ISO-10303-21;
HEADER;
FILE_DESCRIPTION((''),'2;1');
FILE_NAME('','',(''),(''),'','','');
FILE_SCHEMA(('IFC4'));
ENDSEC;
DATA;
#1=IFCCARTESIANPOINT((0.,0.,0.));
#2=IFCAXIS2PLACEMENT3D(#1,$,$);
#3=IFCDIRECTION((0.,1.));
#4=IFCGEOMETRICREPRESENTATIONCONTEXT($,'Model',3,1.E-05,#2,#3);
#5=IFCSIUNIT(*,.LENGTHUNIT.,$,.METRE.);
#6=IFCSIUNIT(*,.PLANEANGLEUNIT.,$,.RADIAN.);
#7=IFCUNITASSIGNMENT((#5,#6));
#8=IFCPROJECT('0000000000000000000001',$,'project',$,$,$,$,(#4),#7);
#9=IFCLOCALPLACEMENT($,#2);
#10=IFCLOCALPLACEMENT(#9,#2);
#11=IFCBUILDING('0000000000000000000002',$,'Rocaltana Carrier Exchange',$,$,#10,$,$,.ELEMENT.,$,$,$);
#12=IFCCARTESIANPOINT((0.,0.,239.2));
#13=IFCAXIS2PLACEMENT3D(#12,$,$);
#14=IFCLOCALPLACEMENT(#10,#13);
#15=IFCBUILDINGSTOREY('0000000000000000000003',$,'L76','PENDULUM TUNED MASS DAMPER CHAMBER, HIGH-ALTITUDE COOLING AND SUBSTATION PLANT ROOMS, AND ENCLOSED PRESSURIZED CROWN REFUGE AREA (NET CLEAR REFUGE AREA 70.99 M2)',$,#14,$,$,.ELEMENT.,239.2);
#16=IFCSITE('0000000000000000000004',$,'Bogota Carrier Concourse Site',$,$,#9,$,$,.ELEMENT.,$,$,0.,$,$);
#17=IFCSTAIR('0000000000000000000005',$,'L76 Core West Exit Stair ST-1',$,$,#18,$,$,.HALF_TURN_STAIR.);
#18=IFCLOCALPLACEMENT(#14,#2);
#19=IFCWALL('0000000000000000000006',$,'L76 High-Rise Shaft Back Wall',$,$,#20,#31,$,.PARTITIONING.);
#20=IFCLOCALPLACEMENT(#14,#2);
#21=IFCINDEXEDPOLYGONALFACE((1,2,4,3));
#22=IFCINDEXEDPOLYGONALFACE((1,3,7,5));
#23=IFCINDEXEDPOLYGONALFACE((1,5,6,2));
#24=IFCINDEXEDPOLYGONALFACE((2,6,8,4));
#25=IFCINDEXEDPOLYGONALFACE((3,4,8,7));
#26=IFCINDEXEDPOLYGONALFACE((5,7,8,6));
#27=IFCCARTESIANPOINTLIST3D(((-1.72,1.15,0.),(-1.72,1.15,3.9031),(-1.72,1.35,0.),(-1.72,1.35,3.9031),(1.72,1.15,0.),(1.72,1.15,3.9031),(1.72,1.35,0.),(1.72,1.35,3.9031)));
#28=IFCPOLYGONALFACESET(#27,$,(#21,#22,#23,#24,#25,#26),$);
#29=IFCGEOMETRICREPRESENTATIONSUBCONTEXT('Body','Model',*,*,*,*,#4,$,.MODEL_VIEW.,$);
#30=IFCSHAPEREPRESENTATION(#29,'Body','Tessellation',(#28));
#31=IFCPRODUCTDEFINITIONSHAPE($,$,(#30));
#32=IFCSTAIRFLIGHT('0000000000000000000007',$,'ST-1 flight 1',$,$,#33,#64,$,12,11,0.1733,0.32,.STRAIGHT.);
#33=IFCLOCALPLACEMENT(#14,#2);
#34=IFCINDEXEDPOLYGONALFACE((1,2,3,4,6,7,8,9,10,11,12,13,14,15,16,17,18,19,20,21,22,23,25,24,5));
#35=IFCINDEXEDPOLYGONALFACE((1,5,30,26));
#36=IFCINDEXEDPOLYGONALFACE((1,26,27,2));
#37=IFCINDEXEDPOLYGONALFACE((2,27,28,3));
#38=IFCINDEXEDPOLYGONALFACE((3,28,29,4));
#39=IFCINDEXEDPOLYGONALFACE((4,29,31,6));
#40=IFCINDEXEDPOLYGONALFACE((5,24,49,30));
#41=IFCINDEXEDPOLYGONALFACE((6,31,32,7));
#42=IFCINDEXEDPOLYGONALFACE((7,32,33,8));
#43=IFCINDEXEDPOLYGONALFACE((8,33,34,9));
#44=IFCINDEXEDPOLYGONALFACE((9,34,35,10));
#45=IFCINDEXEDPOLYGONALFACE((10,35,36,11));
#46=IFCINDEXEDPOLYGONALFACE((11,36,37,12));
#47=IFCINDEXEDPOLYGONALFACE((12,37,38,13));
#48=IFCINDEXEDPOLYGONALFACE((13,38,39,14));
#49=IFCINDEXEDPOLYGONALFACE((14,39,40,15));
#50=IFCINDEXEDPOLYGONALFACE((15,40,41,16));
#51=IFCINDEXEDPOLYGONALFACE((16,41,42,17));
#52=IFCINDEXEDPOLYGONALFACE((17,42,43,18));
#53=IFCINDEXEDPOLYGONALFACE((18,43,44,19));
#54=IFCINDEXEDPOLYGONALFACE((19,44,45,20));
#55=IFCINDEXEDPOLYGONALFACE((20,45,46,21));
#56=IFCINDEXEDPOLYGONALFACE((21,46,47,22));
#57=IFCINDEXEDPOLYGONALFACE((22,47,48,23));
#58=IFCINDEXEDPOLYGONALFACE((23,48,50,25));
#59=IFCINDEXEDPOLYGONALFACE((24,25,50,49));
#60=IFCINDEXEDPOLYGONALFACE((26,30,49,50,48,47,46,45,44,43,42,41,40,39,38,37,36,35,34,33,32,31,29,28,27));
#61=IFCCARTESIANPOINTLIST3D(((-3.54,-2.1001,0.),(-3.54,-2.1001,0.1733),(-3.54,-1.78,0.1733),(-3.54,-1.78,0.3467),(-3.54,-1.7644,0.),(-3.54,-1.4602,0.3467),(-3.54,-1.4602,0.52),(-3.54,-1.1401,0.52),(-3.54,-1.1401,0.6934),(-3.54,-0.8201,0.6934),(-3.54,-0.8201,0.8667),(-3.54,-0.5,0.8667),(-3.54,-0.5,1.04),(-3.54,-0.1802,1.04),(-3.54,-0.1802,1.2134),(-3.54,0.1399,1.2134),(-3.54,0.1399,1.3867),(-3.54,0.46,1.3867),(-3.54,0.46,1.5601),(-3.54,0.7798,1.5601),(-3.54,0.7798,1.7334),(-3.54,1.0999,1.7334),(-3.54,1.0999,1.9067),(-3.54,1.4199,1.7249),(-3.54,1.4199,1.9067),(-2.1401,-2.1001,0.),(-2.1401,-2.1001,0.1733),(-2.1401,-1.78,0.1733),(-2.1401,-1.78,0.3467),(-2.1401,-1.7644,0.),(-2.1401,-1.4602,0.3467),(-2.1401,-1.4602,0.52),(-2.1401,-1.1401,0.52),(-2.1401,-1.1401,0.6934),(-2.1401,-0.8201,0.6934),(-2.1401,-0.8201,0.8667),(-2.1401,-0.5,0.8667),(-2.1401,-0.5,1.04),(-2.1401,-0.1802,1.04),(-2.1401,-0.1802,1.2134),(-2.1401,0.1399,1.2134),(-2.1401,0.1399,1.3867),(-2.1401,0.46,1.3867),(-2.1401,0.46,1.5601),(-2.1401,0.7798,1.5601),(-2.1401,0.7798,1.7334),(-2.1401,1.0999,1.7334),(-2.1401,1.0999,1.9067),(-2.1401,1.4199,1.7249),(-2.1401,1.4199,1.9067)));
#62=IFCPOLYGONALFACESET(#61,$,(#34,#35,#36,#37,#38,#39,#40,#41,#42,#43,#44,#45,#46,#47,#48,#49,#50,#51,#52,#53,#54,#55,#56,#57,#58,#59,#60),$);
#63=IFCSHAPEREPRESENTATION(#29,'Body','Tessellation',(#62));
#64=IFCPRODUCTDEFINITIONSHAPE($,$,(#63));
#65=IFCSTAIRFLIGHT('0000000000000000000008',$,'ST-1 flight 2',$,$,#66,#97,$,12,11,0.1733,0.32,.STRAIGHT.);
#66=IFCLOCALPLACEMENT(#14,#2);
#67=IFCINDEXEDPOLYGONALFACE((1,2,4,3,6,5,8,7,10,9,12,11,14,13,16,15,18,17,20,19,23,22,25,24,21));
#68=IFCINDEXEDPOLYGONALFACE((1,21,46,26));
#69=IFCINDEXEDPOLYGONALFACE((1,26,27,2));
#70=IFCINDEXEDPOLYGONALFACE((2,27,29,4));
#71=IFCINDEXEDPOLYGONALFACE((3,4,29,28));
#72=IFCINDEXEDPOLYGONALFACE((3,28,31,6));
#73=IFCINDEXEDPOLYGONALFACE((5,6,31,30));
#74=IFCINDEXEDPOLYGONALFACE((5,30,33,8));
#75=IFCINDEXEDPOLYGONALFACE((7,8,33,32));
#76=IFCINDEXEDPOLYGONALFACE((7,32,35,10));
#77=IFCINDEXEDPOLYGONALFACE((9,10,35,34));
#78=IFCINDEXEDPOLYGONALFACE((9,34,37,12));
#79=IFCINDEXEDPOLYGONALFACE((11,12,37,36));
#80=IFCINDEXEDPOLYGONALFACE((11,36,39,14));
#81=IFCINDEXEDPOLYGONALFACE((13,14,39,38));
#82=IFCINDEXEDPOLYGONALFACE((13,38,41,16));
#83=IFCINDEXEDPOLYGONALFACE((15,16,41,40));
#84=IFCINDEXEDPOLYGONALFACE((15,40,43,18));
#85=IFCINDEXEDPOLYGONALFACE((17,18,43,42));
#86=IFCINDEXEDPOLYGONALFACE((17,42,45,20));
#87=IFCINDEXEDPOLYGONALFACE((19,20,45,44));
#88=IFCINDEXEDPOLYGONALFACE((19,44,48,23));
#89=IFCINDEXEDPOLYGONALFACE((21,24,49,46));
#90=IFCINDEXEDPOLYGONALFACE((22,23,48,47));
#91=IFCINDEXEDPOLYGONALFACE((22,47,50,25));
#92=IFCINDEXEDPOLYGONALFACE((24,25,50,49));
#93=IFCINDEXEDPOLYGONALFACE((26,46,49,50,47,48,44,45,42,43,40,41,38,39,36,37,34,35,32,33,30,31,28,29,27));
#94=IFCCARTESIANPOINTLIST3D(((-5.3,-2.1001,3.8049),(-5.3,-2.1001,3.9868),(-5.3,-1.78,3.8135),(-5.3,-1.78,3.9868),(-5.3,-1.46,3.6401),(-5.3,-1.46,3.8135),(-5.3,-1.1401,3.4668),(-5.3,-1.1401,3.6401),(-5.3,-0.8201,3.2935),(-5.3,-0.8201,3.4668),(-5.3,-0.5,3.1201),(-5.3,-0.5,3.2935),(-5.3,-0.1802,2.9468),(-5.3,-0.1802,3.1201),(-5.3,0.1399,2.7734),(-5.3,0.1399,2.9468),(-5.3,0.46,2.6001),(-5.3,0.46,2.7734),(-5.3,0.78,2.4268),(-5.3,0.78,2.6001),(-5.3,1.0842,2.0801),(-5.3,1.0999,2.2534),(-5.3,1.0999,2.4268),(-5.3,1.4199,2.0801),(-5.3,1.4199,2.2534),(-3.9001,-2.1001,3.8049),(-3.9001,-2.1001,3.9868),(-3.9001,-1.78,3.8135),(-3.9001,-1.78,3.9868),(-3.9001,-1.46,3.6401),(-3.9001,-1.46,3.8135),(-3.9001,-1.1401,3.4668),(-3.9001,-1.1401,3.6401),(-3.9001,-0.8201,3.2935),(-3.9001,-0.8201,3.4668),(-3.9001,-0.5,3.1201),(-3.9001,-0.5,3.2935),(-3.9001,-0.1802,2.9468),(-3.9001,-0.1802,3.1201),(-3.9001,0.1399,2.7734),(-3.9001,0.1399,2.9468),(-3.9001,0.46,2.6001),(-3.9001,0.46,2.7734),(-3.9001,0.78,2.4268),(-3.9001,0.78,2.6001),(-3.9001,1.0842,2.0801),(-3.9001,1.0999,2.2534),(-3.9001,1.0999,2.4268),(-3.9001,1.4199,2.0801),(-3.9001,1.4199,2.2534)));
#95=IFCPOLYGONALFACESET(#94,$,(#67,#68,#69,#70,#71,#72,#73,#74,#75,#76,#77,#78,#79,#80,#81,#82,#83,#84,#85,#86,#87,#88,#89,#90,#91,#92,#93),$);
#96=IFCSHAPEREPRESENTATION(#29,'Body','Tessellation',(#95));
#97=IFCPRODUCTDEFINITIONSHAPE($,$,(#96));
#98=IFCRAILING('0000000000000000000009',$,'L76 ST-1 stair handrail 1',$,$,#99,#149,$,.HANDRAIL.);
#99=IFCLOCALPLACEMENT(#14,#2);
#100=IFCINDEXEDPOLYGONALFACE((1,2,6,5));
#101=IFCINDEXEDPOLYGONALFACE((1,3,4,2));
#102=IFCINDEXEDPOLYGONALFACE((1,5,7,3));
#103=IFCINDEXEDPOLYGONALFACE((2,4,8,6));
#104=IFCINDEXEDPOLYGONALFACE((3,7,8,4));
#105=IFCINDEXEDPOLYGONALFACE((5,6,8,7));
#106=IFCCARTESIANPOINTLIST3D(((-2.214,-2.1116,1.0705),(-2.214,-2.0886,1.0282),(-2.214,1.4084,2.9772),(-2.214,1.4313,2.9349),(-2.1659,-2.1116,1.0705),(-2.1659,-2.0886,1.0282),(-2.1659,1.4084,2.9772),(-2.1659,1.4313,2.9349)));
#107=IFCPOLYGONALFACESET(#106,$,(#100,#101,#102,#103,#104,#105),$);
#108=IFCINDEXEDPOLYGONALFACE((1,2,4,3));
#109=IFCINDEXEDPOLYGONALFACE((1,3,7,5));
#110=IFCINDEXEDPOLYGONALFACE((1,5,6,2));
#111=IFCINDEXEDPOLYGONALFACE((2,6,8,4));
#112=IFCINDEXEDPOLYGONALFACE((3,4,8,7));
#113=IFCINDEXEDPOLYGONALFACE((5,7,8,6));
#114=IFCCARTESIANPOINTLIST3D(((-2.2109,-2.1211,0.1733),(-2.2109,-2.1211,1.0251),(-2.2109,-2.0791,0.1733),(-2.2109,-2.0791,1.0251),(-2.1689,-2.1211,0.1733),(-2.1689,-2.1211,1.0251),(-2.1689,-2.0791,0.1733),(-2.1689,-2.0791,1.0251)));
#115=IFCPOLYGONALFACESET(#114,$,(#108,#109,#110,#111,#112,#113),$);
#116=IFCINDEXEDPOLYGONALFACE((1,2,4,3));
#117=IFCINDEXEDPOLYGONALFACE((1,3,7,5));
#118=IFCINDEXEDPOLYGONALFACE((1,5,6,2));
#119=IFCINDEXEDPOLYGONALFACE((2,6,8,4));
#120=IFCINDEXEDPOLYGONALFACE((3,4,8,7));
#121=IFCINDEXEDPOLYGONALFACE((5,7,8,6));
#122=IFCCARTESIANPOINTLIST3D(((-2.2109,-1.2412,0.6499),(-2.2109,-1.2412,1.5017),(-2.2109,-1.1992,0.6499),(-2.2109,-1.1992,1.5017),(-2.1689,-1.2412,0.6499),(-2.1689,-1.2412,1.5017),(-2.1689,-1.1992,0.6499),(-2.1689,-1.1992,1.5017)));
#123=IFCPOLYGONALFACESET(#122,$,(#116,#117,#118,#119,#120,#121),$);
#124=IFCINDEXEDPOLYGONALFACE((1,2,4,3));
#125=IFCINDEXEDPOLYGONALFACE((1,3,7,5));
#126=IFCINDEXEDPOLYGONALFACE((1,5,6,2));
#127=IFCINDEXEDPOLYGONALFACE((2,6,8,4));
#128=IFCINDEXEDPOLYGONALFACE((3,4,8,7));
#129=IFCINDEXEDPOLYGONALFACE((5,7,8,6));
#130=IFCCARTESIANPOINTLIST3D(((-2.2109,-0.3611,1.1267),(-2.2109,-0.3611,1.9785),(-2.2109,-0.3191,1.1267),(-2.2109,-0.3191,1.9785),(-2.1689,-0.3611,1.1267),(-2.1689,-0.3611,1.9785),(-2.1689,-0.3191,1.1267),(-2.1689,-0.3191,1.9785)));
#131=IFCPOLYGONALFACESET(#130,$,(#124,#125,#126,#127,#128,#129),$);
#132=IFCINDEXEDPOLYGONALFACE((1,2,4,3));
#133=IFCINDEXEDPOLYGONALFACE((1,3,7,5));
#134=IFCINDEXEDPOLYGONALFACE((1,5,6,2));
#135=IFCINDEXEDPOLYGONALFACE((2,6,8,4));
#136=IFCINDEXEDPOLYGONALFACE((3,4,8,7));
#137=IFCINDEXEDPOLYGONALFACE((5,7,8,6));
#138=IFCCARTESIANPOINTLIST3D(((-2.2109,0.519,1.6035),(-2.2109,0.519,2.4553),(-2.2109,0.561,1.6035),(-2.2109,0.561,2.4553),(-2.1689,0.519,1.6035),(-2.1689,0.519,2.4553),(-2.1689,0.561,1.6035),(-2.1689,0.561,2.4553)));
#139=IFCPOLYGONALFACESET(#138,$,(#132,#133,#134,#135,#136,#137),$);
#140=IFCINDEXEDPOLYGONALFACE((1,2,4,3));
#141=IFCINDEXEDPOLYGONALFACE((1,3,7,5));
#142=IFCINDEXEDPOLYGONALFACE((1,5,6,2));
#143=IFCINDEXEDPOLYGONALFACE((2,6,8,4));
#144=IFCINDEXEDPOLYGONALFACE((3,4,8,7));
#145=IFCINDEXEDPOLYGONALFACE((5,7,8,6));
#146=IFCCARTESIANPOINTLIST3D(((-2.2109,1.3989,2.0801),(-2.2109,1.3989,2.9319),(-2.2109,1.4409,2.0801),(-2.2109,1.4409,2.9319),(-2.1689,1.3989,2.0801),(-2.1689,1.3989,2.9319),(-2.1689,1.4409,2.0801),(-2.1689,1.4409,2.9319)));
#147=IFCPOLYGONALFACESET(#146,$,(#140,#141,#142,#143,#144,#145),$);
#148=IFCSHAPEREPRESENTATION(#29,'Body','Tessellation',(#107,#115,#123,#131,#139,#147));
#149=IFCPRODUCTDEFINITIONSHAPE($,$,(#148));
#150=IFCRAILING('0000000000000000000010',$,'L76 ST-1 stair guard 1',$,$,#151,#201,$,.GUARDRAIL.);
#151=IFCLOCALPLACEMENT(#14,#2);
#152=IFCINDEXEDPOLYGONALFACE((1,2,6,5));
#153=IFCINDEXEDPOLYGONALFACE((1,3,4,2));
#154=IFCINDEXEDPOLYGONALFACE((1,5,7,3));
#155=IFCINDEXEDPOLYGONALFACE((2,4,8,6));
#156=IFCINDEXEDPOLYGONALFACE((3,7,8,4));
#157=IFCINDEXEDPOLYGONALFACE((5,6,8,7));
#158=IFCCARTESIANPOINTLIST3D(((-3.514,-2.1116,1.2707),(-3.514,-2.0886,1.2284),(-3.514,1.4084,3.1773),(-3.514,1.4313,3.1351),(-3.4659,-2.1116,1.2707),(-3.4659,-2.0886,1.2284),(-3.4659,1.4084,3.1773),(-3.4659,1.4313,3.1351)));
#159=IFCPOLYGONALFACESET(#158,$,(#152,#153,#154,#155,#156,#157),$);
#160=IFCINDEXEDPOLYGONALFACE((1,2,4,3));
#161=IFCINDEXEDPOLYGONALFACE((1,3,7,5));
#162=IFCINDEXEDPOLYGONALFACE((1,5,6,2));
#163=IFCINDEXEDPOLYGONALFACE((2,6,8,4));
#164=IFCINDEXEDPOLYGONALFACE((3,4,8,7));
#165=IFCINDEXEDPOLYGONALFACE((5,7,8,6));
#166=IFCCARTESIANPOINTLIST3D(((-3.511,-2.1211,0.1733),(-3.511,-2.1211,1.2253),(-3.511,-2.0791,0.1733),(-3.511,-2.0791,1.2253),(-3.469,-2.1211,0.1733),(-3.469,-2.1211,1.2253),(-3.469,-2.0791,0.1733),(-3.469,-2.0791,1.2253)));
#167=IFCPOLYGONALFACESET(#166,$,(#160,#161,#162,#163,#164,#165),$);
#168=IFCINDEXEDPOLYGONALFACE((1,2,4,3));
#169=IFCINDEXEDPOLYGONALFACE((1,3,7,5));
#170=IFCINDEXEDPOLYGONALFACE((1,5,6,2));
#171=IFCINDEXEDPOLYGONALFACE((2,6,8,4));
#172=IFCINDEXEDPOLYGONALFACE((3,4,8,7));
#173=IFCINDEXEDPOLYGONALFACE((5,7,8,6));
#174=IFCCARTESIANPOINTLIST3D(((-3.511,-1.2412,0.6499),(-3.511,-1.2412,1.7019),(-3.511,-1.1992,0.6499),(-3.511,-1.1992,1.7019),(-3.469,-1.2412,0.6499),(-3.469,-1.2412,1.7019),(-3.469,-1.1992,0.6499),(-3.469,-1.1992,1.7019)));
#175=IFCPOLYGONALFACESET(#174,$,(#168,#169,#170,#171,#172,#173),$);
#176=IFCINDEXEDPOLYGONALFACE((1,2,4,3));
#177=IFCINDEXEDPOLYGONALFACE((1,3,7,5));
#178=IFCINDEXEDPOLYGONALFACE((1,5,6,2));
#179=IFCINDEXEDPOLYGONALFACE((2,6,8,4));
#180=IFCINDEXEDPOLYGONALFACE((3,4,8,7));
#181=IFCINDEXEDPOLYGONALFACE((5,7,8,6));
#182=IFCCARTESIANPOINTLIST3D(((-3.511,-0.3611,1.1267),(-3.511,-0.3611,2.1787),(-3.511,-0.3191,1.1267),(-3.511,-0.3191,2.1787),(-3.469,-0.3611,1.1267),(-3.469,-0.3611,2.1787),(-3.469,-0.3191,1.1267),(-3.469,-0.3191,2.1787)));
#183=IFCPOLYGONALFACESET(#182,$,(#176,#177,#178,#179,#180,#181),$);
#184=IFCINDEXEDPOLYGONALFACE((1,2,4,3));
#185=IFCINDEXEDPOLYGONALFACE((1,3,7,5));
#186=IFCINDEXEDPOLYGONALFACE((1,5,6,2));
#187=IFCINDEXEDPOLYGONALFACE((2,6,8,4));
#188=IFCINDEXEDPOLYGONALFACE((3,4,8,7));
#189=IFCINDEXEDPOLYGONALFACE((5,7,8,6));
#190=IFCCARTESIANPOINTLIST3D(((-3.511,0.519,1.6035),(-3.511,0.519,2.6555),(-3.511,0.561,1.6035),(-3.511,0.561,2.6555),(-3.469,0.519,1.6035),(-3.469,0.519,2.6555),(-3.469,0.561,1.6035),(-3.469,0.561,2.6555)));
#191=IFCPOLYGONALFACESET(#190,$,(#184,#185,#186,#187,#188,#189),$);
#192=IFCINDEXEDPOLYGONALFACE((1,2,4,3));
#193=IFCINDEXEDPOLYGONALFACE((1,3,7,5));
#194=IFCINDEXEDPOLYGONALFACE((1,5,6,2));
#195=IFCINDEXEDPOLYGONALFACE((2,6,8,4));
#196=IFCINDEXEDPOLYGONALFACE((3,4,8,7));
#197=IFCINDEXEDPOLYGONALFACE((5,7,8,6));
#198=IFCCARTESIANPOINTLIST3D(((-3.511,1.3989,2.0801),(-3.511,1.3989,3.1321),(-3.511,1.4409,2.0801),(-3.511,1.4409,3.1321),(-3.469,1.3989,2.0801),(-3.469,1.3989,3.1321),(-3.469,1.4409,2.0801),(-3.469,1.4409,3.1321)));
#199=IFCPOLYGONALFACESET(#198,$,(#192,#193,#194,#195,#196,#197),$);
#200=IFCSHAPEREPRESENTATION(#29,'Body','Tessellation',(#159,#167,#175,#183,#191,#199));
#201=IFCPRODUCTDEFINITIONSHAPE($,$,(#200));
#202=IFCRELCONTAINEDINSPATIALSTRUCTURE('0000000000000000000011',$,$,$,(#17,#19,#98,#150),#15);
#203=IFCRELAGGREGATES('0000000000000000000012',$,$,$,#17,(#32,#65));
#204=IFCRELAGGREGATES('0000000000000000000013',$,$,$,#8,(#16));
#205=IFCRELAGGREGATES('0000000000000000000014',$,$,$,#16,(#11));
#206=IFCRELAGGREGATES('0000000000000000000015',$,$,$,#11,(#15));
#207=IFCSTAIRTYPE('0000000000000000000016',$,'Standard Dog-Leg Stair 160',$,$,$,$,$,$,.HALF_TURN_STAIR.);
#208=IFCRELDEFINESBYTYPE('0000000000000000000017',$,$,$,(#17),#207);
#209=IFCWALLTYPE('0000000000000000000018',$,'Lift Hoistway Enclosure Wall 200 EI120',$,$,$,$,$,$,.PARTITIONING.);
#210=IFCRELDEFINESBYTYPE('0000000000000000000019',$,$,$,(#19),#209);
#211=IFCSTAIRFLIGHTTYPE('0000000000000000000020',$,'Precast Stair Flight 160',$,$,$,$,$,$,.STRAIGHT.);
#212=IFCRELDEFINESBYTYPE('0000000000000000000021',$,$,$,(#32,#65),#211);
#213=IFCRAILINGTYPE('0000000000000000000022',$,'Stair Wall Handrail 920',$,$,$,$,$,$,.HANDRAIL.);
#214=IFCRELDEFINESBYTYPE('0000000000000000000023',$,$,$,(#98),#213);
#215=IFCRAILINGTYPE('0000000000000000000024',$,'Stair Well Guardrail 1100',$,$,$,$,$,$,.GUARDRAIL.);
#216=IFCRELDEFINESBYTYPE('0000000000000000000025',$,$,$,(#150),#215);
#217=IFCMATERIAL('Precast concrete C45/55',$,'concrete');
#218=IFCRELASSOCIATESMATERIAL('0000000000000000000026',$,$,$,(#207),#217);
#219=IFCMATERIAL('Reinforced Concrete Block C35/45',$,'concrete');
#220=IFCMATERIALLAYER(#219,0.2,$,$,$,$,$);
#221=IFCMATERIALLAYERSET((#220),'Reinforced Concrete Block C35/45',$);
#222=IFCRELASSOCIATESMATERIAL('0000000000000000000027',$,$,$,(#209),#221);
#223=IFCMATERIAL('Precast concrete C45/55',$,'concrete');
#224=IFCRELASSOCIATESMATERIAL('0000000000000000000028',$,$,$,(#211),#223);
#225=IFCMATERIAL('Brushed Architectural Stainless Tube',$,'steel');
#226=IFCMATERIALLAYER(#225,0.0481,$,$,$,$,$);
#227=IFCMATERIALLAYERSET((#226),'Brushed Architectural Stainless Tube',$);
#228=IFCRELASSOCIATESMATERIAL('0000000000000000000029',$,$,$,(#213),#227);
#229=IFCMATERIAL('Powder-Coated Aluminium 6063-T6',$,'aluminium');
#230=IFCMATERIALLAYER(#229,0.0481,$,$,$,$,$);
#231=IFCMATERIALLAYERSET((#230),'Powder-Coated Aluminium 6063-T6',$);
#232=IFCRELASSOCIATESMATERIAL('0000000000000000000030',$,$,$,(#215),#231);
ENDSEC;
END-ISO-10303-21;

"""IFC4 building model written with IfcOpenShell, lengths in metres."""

from ifc_helpers import new_model, si_unit, direction, frame, frame_2d, origin, origin_2d, place, context, subcontext, project, spatial, polyline, rectangle, outline, extrude, material, layer, layer_set, type_object, element, aggregate, save


model = new_model("IFC4")

# Units and contexts
model_context = context("Model", 3, precision=1e-05, world=origin(), true_north=direction((0.0, 1.0)))
body_context = subcontext(model_context, "Body", "Model", "MODEL_VIEW")
ifc_project = project(units=[si_unit("LENGTHUNIT", "METRE"), si_unit("PLANEANGLEUNIT", "RADIAN")], contexts=[model_context])

# Site, building, storey
site_placement = place(None, origin())
site = spatial("IfcSite", under=ifc_project, at=site_placement, Name="Bogota Carrier Concourse Site", CompositionType="ELEMENT", RefElevation=0.0)
building_placement = place(site_placement, origin())
building = spatial("IfcBuilding", under=site, at=building_placement, Name="Rocaltana Carrier Exchange", CompositionType="ELEMENT")
storey_placement = place(building_placement, frame((0.0, 0.0, 239.2)))
storey = spatial("IfcBuildingStorey", under=building, at=storey_placement, Name="L76", Description="PENDULUM TUNED MASS DAMPER CHAMBER, HIGH-ALTITUDE COOLING AND SUBSTATION PLANT ROOMS, AND ENCLOSED PRESSURIZED CROWN REFUGE AREA (NET CLEAR REFUGE AREA 70.99 M2)", CompositionType="ELEMENT", Elevation=239.2)

# Stair
ifc_material_1 = material(Name="Precast concrete C45/55", Category="concrete")
stair_type = type_object("IfcStairType", Name="Standard Dog-Leg Stair 160", PredefinedType="HALF_TURN_STAIR", material=ifc_material_1)
stair_1_placement = place(storey_placement, origin())
stair_1 = element("IfcStair", 1, at=stair_1_placement, inside=storey, type_object=stair_type, Name="L76 Core West Exit Stair ST-1", PredefinedType="HALF_TURN_STAIR")

# Wall
ifc_material_2 = material(Name="Reinforced Concrete Block C35/45", Category="concrete")
ifc_layer_1 = layer(ifc_material_2, 0.2)
ifc_layer_set_1 = layer_set([ifc_layer_1], Name="Reinforced Concrete Block C35/45")
wall_type_1 = type_object("IfcWallType", Name="Lift Hoistway Enclosure Wall 200 EI120", PredefinedType="PARTITIONING", material=ifc_layer_set_1)
wall_1_placement = place(storey_placement, frame((-1.72, 1.25, 0.0), z_axis=(0.0, 0.0, 1.0), x_axis=(1.0, 0.0, 0.0)))
element("IfcWall", 2, at=wall_1_placement, inside=storey, type_object=wall_type_1, Name="L76 High-Rise Shaft Back Wall", PredefinedType="PARTITIONING", context=body_context, shape_type="SweptSolid", body=[
    extrude(rectangle(XDim=3.4399, YDim=0.2, at=frame_2d((1.72, 0.0))), origin(), (0.0, 0.0, 1.0), 3.9031),
])

# Stair flights
ifc_material_3 = material(Name="Precast concrete C45/55", Category="concrete")
stair_flight_type = type_object("IfcStairFlightType", Name="Precast Stair Flight 160", PredefinedType="STRAIGHT", material=ifc_material_3)
stair_flight_1_placement = place(storey_placement, frame((-2.8401, -2.1001, 0.0), z_axis=(0.0, 0.0, 1.0), x_axis=(0.0, 1.0, 0.0)))
stair_flight_1 = element("IfcStairFlight", 3, at=stair_flight_1_placement, type_object=stair_flight_type, Name="ST-1 flight 1", NumberOfRisers=12, NumberOfTreads=11, PredefinedType="STRAIGHT", RiserHeight=0.1733, TreadLength=0.32, context=body_context, shape_type="SweptSolid", body=[
    extrude(outline(polyline([(0.0, 0.0), (0.0, 0.1733), (0.3201, 0.1733), (0.3201, 0.3467), (0.6399, 0.3467), (0.6399, 0.52), (0.96, 0.52), (0.96, 0.6934), (1.28, 0.6934), (1.28, 0.8667), (1.6001, 0.8667), (1.6001, 1.04), (1.9199, 1.04), (1.9199, 1.2134), (2.24, 1.2134), (2.24, 1.3867), (2.5601, 1.3867), (2.5601, 1.5601), (2.8799, 1.5601), (2.8799, 1.7334), (3.2, 1.7334), (3.2, 1.9067), (3.52, 1.9067), (3.52, 2.0801), (3.52, 1.7249), (0.3357, 0.0), (0.0, 0.0)])), frame((0.0, 0.7, 0.0), z_axis=(0.0, -1.0, 0.0), x_axis=(1.0, 0.0, 0.0)), (0.0, 0.0, 1.0), 1.3999),
])
stair_flight_2_placement = place(storey_placement, frame((-4.6001, 1.4199, 2.0801), z_axis=(0.0, 0.0, 1.0), x_axis=(0.0, -1.0, 0.0)))
stair_flight_2 = element("IfcStairFlight", 4, at=stair_flight_2_placement, type_object=stair_flight_type, Name="ST-1 flight 2", NumberOfRisers=12, NumberOfTreads=11, PredefinedType="STRAIGHT", RiserHeight=0.1733, TreadLength=0.32, context=body_context, shape_type="SweptSolid", body=[
    extrude(outline(polyline([(0.0, 0.0), (0.0, 0.1733), (0.3201, 0.1733), (0.3201, 0.3467), (0.6399, 0.3467), (0.6399, 0.52), (0.96, 0.52), (0.96, 0.6934), (1.28, 0.6934), (1.28, 0.8667), (1.6001, 0.8667), (1.6001, 1.04), (1.9199, 1.04), (1.9199, 1.2134), (2.24, 1.2134), (2.24, 1.3867), (2.5601, 1.3867), (2.5601, 1.5601), (2.8799, 1.5601), (2.8799, 1.7334), (3.2, 1.7334), (3.2, 1.9067), (3.52, 1.9067), (3.52, 2.0801), (3.52, 1.7249), (0.3357, 0.0), (0.0, 0.0)])), frame((0.0, 0.7, 0.0), z_axis=(0.0, -1.0, 0.0), x_axis=(1.0, 0.0, 0.0)), (0.0, 0.0, 1.0), 1.3999),
])
aggregate(stair_1, [stair_flight_1, stair_flight_2])

# Railings
ifc_material_4 = material(Name="Brushed Architectural Stainless Tube", Category="steel")
ifc_layer_2 = layer(ifc_material_4, 0.0481)
ifc_layer_set_2 = layer_set([ifc_layer_2], Name="Brushed Architectural Stainless Tube")
railing_type_1 = type_object("IfcRailingType", Name="Stair Wall Handrail 920", PredefinedType="HANDRAIL", material=ifc_layer_set_2)
railing_1_placement = place(storey_placement, frame((-2.1899, -2.1001, 0.1733)))
element("IfcRailing", 5, at=railing_1_placement, inside=storey, type_object=railing_type_1, Name="L76 ST-1 stair handrail 1", PredefinedType="HANDRAIL", context=body_context, shape_type="SweptSolid", body=[
    extrude(rectangle(XDim=0.0481, YDim=0.0481, at=origin_2d()), frame((0.0, 0.0, 0.876), z_axis=(0.0, 0.879286, 0.476295), x_axis=(-1.0, 0.0, 0.0)), (0.0, 0.0, 1.0), 4.0032),
    extrude(rectangle(XDim=0.042, YDim=0.042, at=origin_2d()), origin(), (0.0, 0.0, 1.0), 0.8518),
    extrude(rectangle(XDim=0.042, YDim=0.042, at=origin_2d()), frame((0.0, 0.8799, 0.4766)), (0.0, 0.0, 1.0), 0.8518),
    extrude(rectangle(XDim=0.042, YDim=0.042, at=origin_2d()), frame((0.0, 1.76, 0.9534)), (0.0, 0.0, 1.0), 0.8518),
    extrude(rectangle(XDim=0.042, YDim=0.042, at=origin_2d()), frame((0.0, 2.6401, 1.4302)), (0.0, 0.0, 1.0), 0.8518),
    extrude(rectangle(XDim=0.042, YDim=0.042, at=origin_2d()), frame((0.0, 3.52, 1.9067)), (0.0, 0.0, 1.0), 0.8518),
])
ifc_material_5 = material(Name="Powder-Coated Aluminium 6063-T6", Category="aluminium")
ifc_layer_3 = layer(ifc_material_5, 0.0481)
ifc_layer_set_3 = layer_set([ifc_layer_3], Name="Powder-Coated Aluminium 6063-T6")
railing_type_2 = type_object("IfcRailingType", Name="Stair Well Guardrail 1100", PredefinedType="GUARDRAIL", material=ifc_layer_set_3)
railing_2_placement = place(storey_placement, frame((-3.49, -2.1001, 0.1733)))
element("IfcRailing", 6, at=railing_2_placement, inside=storey, type_object=railing_type_2, Name="L76 ST-1 stair guard 1", PredefinedType="GUARDRAIL", context=body_context, shape_type="SweptSolid", body=[
    extrude(rectangle(XDim=0.0481, YDim=0.0481, at=origin_2d()), frame((0.0, 0.0, 1.0762), z_axis=(0.0, 0.879286, 0.476295), x_axis=(-1.0, 0.0, 0.0)), (0.0, 0.0, 1.0), 4.0032),
    extrude(rectangle(XDim=0.042, YDim=0.042, at=origin_2d()), origin(), (0.0, 0.0, 1.0), 1.052),
    extrude(rectangle(XDim=0.042, YDim=0.042, at=origin_2d()), frame((0.0, 0.8799, 0.4766)), (0.0, 0.0, 1.0), 1.052),
    extrude(rectangle(XDim=0.042, YDim=0.042, at=origin_2d()), frame((0.0, 1.76, 0.9534)), (0.0, 0.0, 1.0), 1.052),
    extrude(rectangle(XDim=0.042, YDim=0.042, at=origin_2d()), frame((0.0, 2.6401, 1.4302)), (0.0, 0.0, 1.0), 1.052),
    extrude(rectangle(XDim=0.042, YDim=0.042, at=origin_2d()), frame((0.0, 3.52, 1.9067)), (0.0, 0.0, 1.0), 1.052),
])

save(model, "model.ifc")
